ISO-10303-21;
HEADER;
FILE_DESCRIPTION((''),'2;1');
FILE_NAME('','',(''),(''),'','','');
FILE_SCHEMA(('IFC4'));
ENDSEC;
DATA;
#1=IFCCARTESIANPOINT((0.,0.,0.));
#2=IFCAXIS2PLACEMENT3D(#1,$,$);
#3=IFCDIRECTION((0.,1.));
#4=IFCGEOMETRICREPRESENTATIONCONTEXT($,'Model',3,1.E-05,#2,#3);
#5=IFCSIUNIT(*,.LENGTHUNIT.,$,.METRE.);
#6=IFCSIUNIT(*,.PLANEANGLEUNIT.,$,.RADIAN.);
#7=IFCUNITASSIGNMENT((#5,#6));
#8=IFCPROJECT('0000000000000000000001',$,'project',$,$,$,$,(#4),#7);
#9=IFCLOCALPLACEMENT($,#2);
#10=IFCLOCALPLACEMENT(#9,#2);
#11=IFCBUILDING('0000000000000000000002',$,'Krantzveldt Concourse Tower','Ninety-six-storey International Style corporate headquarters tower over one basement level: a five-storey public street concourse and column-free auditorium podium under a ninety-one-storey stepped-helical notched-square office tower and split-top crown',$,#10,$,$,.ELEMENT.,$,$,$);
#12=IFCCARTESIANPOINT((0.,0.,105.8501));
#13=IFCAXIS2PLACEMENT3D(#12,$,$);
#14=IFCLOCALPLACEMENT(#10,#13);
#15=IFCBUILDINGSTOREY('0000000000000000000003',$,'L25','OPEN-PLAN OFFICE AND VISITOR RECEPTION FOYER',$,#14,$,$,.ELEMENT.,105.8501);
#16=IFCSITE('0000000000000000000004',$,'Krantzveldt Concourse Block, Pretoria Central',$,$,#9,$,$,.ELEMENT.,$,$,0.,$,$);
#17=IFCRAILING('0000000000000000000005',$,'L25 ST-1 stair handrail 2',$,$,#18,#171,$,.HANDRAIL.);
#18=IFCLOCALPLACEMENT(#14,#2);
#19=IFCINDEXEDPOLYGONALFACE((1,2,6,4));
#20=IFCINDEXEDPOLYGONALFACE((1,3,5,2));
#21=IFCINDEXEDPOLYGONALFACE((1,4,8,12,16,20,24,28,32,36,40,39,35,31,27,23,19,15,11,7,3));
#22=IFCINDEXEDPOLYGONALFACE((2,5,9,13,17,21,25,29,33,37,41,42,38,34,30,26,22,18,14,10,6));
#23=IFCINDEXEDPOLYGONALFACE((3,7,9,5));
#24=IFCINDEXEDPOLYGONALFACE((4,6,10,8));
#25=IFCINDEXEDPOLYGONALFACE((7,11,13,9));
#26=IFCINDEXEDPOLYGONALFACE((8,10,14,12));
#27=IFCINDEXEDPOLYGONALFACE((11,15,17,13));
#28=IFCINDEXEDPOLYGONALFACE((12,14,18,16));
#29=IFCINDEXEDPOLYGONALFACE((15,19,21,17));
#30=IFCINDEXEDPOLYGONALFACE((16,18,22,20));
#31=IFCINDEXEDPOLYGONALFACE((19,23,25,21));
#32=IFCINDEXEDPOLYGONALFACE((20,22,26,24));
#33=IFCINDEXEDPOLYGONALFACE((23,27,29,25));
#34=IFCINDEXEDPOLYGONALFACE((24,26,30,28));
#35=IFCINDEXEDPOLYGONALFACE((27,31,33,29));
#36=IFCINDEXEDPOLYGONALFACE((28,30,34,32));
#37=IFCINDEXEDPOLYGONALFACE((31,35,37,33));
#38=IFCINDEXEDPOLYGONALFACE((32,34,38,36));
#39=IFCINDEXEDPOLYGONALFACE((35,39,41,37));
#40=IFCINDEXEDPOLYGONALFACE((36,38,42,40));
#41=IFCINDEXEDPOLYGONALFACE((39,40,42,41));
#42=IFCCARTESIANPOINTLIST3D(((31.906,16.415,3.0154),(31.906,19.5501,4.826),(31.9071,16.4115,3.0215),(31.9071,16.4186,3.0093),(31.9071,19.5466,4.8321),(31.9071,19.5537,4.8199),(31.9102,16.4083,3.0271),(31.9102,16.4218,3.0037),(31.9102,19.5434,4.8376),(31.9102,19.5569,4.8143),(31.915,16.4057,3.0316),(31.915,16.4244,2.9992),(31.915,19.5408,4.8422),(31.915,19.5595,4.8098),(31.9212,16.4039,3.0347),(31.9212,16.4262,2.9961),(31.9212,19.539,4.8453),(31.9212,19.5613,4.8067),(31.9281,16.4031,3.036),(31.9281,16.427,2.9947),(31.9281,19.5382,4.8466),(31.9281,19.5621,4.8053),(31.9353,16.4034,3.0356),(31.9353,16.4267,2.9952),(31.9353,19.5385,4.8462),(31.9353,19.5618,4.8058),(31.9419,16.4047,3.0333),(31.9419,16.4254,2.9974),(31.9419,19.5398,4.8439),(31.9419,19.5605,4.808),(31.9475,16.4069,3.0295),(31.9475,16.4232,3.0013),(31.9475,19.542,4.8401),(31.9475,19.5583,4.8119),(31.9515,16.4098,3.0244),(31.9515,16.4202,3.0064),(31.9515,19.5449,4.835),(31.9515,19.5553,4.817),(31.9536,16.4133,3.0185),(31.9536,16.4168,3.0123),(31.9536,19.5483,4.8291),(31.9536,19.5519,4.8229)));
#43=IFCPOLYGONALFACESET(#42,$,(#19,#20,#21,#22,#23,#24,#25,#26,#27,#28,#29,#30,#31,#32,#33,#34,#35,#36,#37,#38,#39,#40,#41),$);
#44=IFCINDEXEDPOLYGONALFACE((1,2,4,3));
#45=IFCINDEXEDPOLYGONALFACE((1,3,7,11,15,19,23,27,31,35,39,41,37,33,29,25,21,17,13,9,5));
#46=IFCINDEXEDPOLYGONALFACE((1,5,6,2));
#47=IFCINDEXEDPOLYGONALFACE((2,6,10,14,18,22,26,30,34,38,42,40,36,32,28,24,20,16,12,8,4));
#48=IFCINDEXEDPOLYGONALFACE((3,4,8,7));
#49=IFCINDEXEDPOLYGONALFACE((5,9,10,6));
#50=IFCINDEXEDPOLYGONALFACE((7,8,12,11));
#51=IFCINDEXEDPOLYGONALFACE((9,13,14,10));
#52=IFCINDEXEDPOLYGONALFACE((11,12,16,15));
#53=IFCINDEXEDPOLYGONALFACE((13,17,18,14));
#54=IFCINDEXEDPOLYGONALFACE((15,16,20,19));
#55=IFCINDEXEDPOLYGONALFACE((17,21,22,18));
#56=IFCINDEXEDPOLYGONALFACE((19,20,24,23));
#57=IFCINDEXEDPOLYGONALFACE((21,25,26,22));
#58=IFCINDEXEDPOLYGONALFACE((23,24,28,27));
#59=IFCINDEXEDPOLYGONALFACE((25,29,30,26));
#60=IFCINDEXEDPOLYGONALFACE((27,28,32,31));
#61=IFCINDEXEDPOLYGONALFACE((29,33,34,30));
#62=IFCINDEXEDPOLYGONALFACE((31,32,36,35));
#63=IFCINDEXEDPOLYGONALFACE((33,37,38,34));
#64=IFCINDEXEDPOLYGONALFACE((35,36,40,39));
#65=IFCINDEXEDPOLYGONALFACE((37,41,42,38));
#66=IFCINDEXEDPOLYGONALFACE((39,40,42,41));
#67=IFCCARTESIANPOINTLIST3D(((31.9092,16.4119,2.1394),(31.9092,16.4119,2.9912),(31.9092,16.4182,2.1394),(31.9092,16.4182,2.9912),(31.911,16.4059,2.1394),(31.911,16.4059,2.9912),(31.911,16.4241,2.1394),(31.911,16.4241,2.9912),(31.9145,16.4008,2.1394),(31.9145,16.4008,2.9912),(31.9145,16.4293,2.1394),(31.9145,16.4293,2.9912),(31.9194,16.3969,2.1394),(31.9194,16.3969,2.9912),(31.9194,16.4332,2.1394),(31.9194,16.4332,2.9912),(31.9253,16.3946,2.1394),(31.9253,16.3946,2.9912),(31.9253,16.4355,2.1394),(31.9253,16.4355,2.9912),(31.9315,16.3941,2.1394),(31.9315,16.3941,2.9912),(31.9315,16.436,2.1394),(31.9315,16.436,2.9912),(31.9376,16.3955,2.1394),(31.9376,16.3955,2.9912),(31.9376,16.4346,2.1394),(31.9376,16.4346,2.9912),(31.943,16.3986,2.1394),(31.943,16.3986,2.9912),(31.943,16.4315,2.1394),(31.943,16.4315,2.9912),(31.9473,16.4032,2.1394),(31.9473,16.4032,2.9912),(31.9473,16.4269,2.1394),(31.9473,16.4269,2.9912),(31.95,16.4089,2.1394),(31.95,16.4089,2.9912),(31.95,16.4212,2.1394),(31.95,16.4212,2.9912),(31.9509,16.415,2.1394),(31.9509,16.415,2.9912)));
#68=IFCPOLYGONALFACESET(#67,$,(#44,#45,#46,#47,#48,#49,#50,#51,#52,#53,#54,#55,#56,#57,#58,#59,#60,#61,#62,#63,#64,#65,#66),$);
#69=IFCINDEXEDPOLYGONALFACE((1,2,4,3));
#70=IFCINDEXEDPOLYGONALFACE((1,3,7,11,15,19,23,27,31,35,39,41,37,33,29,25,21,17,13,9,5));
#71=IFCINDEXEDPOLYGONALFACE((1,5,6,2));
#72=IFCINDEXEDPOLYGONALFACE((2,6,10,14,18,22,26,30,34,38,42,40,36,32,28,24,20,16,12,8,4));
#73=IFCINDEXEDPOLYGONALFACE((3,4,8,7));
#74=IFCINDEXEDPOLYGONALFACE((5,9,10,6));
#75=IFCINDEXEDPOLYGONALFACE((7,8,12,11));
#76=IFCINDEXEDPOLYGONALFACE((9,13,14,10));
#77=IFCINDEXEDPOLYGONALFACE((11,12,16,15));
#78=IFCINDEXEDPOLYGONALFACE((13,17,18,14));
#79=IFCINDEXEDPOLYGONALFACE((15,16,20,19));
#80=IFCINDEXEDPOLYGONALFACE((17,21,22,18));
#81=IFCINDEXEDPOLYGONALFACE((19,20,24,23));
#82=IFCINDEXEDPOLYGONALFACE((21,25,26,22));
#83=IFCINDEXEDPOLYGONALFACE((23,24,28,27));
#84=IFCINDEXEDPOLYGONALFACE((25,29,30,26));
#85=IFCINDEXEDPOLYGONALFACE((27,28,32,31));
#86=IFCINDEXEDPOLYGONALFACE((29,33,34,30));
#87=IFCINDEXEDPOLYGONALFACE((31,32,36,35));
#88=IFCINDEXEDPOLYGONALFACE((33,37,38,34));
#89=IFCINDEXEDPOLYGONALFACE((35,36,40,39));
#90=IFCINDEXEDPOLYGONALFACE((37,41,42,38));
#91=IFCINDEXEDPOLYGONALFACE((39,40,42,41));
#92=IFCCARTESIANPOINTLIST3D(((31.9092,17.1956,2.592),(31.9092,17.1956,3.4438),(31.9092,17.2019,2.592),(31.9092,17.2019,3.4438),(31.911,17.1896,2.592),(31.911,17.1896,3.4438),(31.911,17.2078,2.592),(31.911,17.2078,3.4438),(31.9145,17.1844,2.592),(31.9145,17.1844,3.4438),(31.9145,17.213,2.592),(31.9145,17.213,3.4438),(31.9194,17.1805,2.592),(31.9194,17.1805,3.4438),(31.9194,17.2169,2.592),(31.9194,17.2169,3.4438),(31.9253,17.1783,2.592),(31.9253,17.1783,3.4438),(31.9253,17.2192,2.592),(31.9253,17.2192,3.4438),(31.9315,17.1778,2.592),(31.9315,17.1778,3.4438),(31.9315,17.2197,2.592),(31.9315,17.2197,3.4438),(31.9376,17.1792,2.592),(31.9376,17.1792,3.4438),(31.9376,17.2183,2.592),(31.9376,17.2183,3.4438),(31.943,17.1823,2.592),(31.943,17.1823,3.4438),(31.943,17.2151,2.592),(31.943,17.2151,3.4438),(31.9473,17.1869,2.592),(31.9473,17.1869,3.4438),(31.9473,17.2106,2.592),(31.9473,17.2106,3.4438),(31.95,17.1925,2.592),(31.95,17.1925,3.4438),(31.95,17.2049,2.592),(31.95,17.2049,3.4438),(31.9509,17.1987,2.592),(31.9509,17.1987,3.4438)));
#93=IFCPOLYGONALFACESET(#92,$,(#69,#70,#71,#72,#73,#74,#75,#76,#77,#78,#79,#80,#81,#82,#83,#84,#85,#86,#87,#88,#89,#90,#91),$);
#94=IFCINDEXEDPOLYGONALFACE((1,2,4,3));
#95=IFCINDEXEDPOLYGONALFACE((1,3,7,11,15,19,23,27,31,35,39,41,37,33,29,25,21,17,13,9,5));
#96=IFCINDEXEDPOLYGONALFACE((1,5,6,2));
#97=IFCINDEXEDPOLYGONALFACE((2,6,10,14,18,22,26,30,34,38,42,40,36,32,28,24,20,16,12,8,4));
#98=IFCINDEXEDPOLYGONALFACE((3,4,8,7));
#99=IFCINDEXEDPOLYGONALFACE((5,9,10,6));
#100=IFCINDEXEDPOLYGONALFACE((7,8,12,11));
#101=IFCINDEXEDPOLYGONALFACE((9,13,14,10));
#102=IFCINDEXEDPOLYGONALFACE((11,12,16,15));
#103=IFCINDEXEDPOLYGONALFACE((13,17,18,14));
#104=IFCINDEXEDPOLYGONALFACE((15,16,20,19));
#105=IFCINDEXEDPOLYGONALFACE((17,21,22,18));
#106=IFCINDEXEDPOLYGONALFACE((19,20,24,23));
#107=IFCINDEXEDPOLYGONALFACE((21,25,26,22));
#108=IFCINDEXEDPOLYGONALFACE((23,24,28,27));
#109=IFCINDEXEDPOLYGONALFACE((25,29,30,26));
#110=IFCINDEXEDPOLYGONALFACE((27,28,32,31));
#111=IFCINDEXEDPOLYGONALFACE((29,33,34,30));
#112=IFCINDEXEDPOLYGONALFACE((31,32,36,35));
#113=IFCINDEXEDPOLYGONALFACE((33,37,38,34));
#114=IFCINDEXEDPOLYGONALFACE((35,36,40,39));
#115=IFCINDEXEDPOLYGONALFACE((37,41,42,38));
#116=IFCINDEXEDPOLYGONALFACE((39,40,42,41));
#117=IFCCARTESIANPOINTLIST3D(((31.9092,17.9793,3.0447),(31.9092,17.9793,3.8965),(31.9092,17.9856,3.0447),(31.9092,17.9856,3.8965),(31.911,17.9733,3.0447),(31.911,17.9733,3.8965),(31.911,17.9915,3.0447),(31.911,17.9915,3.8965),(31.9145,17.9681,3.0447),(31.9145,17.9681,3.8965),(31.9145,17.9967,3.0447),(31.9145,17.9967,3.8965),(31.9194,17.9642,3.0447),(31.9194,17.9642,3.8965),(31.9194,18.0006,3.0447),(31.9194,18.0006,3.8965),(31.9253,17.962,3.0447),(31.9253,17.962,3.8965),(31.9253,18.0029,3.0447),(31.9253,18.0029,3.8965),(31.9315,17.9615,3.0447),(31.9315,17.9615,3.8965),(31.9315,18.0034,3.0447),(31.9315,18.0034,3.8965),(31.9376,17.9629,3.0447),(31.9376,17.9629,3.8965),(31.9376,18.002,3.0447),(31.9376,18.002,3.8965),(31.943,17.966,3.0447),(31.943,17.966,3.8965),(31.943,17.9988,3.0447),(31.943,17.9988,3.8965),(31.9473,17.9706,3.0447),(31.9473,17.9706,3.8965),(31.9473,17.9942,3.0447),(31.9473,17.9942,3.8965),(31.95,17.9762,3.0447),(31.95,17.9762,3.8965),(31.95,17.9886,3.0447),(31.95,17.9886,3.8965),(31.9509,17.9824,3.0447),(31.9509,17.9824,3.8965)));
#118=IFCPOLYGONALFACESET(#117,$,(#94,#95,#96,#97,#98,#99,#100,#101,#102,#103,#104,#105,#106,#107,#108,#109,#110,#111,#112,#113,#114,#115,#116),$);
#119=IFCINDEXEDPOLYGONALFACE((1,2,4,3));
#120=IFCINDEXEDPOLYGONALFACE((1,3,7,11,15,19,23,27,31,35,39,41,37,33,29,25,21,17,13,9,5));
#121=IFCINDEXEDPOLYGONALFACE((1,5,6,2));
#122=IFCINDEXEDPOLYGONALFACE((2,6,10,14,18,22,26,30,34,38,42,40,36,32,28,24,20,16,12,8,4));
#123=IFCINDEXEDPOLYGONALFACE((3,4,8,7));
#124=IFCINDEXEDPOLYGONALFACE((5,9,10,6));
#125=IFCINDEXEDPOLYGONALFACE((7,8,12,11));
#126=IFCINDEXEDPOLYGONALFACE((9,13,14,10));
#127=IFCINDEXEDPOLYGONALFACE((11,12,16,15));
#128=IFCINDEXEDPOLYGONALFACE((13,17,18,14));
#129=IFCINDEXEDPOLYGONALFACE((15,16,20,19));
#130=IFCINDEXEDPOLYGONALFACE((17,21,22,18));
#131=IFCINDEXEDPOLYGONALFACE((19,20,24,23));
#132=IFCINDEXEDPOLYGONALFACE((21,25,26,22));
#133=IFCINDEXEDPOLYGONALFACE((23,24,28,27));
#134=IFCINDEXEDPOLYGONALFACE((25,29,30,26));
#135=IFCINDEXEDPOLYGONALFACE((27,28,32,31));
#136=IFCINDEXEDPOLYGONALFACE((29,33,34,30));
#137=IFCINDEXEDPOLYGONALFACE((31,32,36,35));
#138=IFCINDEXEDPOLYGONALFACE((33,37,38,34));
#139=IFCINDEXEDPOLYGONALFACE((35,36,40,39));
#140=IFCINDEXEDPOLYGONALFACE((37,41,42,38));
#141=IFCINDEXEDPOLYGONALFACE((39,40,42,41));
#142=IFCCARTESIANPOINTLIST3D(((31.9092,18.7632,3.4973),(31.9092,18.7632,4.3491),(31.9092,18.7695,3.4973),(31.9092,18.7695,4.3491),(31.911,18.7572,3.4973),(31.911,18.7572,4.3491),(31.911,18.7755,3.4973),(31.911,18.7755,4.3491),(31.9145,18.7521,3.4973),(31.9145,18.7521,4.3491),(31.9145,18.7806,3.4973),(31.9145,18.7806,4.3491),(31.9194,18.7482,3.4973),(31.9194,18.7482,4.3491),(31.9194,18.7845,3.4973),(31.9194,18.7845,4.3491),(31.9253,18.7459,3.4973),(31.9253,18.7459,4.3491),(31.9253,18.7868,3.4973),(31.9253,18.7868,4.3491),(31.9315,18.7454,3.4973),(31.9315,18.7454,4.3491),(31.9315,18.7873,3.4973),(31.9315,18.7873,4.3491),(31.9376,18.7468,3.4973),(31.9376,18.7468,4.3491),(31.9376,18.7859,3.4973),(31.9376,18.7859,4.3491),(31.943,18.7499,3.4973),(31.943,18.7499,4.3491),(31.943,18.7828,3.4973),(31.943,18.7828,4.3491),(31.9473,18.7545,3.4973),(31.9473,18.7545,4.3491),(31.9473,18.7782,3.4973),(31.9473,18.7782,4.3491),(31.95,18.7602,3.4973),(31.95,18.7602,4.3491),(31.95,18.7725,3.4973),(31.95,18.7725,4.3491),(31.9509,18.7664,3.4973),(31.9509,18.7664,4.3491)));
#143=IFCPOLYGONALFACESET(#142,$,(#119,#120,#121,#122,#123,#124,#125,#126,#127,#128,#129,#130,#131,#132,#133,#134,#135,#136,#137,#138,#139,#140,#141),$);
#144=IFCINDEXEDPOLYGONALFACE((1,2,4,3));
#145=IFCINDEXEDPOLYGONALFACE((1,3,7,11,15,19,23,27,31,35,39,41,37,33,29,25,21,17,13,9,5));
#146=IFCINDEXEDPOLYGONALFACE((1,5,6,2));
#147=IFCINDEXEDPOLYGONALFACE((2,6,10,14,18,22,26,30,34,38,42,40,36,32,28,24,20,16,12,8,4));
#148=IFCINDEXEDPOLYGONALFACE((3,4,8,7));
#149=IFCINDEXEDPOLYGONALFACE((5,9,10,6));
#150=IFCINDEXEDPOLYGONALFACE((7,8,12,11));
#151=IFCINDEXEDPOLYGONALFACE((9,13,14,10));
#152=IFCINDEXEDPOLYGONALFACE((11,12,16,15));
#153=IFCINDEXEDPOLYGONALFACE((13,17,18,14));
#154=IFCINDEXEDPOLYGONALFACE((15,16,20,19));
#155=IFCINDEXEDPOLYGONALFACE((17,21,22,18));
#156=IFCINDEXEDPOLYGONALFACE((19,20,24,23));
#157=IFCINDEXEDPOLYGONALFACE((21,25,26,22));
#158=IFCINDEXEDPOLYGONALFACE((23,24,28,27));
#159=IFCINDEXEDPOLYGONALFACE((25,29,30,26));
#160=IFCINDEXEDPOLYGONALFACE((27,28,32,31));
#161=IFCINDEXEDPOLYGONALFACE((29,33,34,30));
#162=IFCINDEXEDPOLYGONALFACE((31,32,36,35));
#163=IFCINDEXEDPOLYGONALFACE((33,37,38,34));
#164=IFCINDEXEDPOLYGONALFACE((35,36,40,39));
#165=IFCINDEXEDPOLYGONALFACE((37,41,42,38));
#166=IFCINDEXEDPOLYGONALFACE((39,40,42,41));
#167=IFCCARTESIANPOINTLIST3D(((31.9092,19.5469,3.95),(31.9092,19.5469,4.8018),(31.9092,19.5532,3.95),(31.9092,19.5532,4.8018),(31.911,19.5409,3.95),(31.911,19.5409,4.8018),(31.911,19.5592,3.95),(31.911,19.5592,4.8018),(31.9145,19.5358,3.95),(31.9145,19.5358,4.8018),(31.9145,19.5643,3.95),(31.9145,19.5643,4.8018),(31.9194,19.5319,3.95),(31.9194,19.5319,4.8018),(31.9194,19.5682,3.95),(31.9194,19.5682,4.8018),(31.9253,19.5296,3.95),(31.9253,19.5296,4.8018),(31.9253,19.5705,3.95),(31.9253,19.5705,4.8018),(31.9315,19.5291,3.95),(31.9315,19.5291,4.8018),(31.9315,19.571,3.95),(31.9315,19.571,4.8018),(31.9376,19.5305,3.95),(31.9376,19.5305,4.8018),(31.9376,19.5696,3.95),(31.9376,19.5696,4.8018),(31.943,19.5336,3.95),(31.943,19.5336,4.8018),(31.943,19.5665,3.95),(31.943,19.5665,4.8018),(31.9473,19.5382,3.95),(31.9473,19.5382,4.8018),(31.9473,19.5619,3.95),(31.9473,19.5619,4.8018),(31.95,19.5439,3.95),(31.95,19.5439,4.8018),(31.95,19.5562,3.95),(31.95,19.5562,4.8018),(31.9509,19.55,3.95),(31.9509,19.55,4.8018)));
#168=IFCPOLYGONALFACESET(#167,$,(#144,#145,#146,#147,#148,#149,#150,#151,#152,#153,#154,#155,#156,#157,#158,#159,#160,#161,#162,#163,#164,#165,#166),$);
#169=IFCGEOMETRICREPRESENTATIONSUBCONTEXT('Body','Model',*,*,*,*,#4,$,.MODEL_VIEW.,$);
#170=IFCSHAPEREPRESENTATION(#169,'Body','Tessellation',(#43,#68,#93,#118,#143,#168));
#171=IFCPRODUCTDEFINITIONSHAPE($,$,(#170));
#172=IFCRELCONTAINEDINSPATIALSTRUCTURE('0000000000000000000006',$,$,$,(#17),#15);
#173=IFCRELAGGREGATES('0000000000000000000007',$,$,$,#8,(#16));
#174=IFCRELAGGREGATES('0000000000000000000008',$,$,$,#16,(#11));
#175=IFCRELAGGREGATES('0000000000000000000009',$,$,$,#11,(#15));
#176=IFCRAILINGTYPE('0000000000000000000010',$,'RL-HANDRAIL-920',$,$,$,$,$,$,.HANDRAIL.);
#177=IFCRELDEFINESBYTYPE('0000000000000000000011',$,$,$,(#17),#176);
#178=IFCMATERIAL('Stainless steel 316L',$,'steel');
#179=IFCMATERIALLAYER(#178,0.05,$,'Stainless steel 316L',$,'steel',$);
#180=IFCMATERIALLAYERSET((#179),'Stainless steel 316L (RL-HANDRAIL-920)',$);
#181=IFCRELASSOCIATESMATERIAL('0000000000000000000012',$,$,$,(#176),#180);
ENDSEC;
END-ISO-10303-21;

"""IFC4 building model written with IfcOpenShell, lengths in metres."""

from ifc_helpers import new_model, si_unit, direction, frame, origin, origin_2d, place, context, subcontext, project, spatial, circle, extrude, material, layer, layer_set, type_object, element, save


model = new_model("IFC4")

# Units and contexts
model_context = context("Model", 3, precision=1e-05, world=origin(), true_north=direction((0.0, 1.0)))
body_context = subcontext(model_context, "Body", "Model", "MODEL_VIEW")
ifc_project = project(units=[si_unit("LENGTHUNIT", "METRE"), si_unit("PLANEANGLEUNIT", "RADIAN")], contexts=[model_context])

# Site, building, storey
site_placement = place(None, origin())
site = spatial("IfcSite", under=ifc_project, at=site_placement, Name="Krantzveldt Concourse Block, Pretoria Central", CompositionType="ELEMENT", RefElevation=0.0)
building_placement = place(site_placement, origin())
building = spatial("IfcBuilding", under=site, at=building_placement, Name="Krantzveldt Concourse Tower", Description="Ninety-six-storey International Style corporate headquarters tower over one basement level: a five-storey public street concourse and column-free auditorium podium under a ninety-one-storey stepped-helical notched-square office tower and split-top crown", CompositionType="ELEMENT")
storey_placement = place(building_placement, frame((0.0, 0.0, 105.8501)))
storey = spatial("IfcBuildingStorey", under=building, at=storey_placement, Name="L25", Description="OPEN-PLAN OFFICE AND VISITOR RECEPTION FOYER", CompositionType="ELEMENT", Elevation=105.8501)

# Railing
ifc_material_1 = material(Name="Stainless steel 316L", Category="steel")
ifc_layer_1 = layer(ifc_material_1, 0.05, Name="Stainless steel 316L", Category="steel")
ifc_layer_set_1 = layer_set([ifc_layer_1], Name="Stainless steel 316L (RL-HANDRAIL-920)")
railing_type_1 = type_object("IfcRailingType", Name="RL-HANDRAIL-920", PredefinedType="HANDRAIL", material=ifc_layer_set_1)
railing_1_placement = place(storey_placement, frame((31.9299, 16.415, 2.1394)))
element("IfcRailing", 1, at=railing_1_placement, inside=storey, type_object=railing_type_1, Name="L25 ST-1 stair handrail 2", PredefinedType="HANDRAIL", context=body_context, shape_type="SweptSolid", body=[
    extrude(circle(Radius=0.0239, at=origin_2d()), frame((0.0, 0.0, 0.876), z_axis=(0.0, 0.86596, 0.500114), x_axis=(-1.0, 0.0, 0.0)), (0.0, 0.0, 1.0), 3.6204),
    extrude(circle(Radius=0.021, at=origin_2d()), origin(), (0.0, 0.0, 1.0), 0.8518),
    extrude(circle(Radius=0.021, at=origin_2d()), frame((0.0, 0.7837, 0.4526)), (0.0, 0.0, 1.0), 0.8518),
    extrude(circle(Radius=0.021, at=origin_2d()), frame((0.0, 1.5674, 0.9053)), (0.0, 0.0, 1.0), 0.8518),
    extrude(circle(Radius=0.021, at=origin_2d()), frame((0.0, 2.3513, 1.3579)), (0.0, 0.0, 1.0), 0.8518),
    extrude(circle(Radius=0.021, at=origin_2d()), frame((0.0, 3.135, 1.8105)), (0.0, 0.0, 1.0), 0.8518),
])

save(model, "model.ifc")
